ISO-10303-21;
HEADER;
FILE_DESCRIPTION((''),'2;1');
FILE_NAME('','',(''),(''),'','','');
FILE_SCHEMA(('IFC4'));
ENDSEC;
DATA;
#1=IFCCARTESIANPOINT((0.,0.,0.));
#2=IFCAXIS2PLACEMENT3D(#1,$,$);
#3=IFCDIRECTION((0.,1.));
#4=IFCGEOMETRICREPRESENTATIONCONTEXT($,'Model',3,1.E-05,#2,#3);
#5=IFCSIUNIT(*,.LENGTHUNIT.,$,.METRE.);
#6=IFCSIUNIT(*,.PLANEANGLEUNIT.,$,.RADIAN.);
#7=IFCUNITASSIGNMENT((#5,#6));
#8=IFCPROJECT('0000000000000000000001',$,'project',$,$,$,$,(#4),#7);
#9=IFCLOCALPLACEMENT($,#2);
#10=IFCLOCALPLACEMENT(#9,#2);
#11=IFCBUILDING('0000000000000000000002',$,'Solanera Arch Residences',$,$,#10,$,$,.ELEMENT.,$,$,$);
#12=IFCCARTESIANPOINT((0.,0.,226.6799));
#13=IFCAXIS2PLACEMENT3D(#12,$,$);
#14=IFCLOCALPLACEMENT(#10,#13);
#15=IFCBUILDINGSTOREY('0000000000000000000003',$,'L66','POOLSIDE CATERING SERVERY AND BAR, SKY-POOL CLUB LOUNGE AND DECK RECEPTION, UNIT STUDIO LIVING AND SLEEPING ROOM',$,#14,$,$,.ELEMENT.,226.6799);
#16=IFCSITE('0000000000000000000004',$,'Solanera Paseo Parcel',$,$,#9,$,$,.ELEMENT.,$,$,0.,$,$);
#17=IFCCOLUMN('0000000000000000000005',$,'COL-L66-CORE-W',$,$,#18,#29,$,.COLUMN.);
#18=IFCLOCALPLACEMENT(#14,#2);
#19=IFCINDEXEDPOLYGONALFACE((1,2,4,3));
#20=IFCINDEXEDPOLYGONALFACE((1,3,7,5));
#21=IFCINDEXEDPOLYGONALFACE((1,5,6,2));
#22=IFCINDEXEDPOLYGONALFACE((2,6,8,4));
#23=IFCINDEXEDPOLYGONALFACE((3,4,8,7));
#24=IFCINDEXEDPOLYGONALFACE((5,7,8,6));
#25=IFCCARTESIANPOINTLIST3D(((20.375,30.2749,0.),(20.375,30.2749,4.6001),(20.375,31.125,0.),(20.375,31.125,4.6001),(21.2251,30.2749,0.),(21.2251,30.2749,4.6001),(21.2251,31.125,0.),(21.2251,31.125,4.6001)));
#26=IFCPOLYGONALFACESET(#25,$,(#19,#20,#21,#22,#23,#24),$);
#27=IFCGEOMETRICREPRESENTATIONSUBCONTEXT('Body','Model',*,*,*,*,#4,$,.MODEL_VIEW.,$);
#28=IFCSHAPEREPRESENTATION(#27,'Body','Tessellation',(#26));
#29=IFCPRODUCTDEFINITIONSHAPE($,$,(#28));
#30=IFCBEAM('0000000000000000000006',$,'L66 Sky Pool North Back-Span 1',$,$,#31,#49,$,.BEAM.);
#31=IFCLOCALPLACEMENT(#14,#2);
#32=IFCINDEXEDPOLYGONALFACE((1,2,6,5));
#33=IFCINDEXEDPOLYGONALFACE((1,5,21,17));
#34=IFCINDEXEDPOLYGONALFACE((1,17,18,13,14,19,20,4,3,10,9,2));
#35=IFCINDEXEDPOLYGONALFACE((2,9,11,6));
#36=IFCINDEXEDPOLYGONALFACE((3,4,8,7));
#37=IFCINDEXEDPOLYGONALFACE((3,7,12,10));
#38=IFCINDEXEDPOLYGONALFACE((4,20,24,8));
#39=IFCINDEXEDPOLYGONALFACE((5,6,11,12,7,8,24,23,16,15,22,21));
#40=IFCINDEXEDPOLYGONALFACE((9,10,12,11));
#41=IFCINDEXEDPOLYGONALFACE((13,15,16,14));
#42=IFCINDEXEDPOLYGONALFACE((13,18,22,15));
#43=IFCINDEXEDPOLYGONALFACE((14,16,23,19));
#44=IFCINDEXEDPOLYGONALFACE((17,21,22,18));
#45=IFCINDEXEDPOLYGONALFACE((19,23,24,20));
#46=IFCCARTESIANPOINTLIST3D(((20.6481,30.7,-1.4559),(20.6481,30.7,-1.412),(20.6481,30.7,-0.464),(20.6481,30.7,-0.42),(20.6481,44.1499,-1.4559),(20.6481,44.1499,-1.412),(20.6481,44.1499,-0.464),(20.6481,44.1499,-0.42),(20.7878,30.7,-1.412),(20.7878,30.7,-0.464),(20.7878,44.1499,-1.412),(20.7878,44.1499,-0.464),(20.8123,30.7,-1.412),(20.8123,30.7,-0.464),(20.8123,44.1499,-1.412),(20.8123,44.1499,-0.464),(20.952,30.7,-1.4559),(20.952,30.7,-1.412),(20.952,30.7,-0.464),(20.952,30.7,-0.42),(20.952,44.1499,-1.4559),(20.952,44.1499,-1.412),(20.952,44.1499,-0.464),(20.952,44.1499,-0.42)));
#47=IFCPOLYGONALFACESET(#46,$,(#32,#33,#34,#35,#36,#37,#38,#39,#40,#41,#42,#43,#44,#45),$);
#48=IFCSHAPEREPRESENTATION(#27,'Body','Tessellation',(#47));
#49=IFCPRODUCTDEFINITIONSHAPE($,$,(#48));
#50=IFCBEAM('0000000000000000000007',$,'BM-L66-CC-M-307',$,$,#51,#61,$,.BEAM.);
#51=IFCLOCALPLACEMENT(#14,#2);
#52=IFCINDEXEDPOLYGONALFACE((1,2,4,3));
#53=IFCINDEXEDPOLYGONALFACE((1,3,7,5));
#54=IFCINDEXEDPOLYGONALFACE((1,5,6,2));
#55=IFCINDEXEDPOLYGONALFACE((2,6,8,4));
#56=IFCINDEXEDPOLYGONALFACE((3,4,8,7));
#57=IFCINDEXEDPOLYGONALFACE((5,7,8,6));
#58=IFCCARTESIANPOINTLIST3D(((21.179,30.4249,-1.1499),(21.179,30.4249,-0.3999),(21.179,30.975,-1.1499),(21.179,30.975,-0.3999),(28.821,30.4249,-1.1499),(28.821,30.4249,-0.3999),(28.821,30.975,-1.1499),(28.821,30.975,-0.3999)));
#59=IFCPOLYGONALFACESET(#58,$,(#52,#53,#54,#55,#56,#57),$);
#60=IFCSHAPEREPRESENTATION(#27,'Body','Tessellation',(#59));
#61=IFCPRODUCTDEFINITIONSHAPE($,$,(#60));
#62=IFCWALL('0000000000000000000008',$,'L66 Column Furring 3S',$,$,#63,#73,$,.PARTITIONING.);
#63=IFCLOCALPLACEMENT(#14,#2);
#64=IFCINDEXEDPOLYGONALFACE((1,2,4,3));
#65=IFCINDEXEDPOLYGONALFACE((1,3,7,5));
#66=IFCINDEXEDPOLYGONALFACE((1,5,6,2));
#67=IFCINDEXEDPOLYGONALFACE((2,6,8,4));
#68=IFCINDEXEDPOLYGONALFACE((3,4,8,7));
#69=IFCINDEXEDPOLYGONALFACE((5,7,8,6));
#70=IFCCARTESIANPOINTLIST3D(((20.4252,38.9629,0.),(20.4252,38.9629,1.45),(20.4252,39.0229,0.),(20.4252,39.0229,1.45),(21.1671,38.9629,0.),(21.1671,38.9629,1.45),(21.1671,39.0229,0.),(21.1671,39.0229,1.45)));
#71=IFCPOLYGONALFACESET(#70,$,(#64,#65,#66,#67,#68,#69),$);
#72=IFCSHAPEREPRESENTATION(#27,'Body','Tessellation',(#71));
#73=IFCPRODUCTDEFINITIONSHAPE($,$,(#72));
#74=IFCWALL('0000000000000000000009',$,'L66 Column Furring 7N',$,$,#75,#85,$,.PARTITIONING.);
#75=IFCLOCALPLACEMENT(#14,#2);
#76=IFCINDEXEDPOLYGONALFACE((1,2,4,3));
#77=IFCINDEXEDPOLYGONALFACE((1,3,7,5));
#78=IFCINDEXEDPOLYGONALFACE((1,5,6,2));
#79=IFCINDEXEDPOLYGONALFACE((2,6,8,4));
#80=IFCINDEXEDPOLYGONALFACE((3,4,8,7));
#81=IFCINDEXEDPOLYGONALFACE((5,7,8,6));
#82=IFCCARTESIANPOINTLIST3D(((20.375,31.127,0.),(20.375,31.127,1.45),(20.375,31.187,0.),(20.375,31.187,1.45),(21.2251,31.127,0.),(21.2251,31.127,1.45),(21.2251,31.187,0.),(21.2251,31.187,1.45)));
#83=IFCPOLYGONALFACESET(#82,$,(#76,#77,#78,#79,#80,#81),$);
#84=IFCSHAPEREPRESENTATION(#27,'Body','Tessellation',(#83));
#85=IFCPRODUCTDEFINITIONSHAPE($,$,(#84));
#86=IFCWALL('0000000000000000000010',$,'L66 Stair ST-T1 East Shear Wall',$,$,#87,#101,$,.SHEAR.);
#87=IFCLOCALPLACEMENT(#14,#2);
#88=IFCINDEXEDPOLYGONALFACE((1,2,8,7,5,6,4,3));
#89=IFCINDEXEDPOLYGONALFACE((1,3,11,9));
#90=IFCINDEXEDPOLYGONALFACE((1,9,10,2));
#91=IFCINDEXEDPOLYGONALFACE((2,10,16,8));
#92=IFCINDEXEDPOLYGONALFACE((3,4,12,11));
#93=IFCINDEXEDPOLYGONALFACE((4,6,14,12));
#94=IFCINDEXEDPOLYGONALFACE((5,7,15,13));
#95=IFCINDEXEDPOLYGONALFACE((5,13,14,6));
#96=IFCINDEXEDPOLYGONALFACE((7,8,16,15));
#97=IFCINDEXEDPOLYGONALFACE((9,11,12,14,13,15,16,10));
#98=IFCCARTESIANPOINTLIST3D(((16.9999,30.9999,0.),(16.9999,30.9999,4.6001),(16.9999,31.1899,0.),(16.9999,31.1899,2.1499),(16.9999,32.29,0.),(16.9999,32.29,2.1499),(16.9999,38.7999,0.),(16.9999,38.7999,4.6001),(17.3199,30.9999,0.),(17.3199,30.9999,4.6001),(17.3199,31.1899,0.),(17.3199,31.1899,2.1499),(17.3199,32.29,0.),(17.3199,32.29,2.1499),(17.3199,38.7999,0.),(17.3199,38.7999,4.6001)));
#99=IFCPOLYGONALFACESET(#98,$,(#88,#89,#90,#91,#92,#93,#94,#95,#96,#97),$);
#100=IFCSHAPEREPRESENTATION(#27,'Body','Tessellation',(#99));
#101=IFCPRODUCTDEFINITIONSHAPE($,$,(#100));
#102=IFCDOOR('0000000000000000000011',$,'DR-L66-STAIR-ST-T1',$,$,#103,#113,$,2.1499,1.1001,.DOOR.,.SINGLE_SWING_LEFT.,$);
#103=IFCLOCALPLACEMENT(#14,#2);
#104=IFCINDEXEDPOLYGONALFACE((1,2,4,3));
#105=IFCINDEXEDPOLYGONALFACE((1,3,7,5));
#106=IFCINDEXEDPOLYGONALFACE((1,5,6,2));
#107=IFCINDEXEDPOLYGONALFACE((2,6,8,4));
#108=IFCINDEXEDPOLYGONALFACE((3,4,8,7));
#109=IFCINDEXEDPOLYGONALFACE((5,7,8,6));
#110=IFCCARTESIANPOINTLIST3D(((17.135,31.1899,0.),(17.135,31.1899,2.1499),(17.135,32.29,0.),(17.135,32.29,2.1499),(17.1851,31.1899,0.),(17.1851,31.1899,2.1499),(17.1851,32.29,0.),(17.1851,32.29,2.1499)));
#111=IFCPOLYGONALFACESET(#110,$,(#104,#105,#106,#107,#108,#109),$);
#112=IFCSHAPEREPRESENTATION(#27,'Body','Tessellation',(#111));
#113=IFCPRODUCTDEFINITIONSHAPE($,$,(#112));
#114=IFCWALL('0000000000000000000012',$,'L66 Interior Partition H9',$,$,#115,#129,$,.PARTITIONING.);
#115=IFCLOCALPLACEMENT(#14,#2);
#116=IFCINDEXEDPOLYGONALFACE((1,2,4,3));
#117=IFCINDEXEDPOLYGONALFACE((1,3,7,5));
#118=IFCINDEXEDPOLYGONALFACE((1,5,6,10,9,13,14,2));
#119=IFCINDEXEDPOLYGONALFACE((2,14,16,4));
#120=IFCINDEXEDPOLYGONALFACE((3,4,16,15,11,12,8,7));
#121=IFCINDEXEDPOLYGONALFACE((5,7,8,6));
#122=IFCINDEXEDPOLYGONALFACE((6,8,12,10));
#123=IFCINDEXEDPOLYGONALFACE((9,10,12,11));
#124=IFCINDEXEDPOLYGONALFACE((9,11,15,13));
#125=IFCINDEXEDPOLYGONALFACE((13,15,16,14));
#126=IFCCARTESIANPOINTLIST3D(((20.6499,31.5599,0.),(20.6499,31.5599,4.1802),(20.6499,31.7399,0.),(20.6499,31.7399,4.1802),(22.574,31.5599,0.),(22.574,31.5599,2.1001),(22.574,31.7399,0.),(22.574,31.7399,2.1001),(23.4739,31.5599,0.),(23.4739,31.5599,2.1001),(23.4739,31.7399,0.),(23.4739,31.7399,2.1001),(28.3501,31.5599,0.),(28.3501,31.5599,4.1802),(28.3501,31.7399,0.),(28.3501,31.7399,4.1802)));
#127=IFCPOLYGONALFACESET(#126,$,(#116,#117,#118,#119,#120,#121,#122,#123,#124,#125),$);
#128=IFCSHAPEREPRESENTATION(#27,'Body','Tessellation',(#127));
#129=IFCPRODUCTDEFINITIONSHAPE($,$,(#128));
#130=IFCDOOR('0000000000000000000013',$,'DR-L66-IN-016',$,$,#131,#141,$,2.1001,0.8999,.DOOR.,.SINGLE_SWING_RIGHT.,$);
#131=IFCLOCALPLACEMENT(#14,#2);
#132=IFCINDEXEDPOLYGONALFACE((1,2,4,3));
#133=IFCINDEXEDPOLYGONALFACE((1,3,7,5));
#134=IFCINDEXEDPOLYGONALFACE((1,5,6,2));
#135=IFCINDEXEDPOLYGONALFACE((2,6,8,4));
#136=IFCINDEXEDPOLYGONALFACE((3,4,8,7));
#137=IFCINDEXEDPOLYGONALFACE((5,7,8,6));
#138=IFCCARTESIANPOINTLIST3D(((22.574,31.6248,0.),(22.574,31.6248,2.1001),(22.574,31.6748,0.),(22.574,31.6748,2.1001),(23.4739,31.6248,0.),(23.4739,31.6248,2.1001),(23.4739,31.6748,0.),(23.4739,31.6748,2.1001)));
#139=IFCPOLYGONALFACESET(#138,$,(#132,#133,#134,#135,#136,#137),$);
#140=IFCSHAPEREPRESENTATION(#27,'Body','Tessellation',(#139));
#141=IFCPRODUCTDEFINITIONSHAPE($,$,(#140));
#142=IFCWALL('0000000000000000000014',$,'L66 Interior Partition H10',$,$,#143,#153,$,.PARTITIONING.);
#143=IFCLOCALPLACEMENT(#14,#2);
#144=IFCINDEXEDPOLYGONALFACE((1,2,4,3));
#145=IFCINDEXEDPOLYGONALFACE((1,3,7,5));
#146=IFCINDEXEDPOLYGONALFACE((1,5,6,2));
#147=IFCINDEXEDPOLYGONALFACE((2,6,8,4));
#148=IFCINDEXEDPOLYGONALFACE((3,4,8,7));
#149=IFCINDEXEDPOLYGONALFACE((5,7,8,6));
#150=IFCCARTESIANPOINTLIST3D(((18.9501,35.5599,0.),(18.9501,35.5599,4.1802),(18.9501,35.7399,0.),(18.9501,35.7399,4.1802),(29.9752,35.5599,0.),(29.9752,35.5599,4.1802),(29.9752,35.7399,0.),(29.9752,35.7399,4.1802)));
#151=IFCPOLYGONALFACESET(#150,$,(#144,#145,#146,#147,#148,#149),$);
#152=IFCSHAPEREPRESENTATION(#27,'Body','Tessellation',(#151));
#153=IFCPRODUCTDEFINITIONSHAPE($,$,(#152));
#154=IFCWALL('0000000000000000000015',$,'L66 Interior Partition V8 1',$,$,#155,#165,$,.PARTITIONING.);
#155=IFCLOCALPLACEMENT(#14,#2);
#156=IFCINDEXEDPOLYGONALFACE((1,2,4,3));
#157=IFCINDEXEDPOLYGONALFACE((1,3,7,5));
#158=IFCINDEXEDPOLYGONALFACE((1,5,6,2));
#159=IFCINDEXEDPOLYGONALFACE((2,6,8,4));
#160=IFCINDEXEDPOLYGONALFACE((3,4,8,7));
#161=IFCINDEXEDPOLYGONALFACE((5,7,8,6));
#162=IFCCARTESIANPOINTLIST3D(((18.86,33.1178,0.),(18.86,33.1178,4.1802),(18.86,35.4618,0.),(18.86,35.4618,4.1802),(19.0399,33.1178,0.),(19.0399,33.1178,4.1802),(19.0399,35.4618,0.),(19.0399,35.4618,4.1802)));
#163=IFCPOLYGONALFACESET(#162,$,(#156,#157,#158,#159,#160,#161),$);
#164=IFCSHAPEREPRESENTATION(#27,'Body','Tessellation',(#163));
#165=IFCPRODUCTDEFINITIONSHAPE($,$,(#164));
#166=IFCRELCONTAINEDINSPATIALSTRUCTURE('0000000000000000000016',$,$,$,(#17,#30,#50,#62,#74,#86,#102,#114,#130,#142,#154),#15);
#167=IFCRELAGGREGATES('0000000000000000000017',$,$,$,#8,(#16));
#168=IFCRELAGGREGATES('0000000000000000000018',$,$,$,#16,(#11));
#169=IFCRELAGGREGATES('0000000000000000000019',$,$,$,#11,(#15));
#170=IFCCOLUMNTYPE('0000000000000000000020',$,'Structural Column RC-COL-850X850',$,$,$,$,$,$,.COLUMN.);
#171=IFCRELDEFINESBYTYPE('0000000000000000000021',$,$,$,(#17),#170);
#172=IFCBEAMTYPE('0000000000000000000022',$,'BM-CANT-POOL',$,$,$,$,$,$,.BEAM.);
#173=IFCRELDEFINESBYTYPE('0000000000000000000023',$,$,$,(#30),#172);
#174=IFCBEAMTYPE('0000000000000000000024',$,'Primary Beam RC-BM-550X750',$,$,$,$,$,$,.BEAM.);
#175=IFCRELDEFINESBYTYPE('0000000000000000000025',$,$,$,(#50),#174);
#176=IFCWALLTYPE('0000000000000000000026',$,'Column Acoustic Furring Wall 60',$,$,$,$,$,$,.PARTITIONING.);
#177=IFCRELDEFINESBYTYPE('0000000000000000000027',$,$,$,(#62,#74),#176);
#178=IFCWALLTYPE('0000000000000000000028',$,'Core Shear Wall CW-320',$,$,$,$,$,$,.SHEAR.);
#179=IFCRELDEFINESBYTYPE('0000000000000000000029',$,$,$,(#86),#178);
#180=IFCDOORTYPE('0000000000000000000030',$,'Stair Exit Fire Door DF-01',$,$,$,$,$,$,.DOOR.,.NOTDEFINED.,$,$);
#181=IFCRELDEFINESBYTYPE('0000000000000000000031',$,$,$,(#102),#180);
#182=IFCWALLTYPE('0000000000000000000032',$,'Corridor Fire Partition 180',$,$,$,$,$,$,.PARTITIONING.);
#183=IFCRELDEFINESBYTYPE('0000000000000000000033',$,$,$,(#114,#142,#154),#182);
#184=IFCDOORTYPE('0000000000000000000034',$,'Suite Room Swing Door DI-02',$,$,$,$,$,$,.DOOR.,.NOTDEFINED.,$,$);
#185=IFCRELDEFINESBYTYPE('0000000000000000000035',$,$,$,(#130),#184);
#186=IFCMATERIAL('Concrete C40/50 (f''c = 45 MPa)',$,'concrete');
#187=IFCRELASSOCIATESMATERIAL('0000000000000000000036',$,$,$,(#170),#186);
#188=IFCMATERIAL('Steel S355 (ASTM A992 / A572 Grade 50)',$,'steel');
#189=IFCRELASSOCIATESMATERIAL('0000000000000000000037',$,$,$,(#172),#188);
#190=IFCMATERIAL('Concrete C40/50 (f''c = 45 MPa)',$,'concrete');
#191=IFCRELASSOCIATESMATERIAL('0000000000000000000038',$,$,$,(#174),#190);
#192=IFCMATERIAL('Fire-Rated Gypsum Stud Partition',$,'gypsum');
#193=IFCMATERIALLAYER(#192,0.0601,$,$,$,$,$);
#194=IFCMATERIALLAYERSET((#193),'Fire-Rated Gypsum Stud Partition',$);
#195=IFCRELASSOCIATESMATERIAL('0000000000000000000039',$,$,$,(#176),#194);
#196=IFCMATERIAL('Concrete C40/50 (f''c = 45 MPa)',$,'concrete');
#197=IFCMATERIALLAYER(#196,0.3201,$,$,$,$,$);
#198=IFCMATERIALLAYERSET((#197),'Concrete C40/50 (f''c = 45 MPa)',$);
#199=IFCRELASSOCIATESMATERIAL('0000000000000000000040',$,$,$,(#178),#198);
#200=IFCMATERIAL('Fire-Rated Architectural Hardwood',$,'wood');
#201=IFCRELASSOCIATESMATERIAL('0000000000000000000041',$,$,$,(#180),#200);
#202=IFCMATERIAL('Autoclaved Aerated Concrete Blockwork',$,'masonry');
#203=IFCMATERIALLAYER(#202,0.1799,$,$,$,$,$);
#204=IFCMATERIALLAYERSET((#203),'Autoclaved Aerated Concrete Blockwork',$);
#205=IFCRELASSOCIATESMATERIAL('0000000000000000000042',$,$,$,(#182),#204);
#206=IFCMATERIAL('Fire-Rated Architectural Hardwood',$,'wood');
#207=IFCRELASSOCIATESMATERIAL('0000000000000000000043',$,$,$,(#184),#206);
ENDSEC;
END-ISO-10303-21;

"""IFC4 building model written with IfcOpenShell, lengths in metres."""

from ifc_helpers import new_model, si_unit, direction, frame, frame_2d, origin, origin_2d, place, context, subcontext, project, spatial, rectangle, i_section, extrude, material, layer, layer_set, material_profile, profile_set, type_object, element, fill, save


model = new_model("IFC4")

# Units and contexts
model_context = context("Model", 3, precision=1e-05, world=origin(), true_north=direction((0.0, 1.0)))
body_context = subcontext(model_context, "Body", "Model", "MODEL_VIEW")
ifc_project = project(units=[si_unit("LENGTHUNIT", "METRE"), si_unit("PLANEANGLEUNIT", "RADIAN")], contexts=[model_context])

# Site, building, storey
site_placement = place(None, origin())
site = spatial("IfcSite", under=ifc_project, at=site_placement, Name="Solanera Paseo Parcel", CompositionType="ELEMENT", RefElevation=0.0)
building_placement = place(site_placement, origin())
building = spatial("IfcBuilding", under=site, at=building_placement, Name="Solanera Arch Residences", CompositionType="ELEMENT")
storey_placement = place(building_placement, frame((0.0, 0.0, 226.6799)))
storey = spatial("IfcBuildingStorey", under=building, at=storey_placement, Name="L66", Description="POOLSIDE CATERING SERVERY AND BAR, SKY-POOL CLUB LOUNGE AND DECK RECEPTION, UNIT STUDIO LIVING AND SLEEPING ROOM", CompositionType="ELEMENT", Elevation=226.6799)

# Column
ifc_material_1 = material(Name="Concrete C40/50 (f'c = 45 MPa)", Category="concrete")
ifc_material_profile_1 = material_profile(ifc_material_1, rectangle(XDim=0.8501, YDim=0.8501, at=origin_2d()))
ifc_profile_set_1 = profile_set([ifc_material_profile_1], Name="Concrete C40/50 (f'c = 45 MPa)")
column_type = type_object("IfcColumnType", Name="Structural Column RC-COL-850X850", PredefinedType="COLUMN", material=ifc_profile_set_1)
column_placement = place(storey_placement, frame((20.8, 30.7, 0.0), z_axis=(0.0, 0.0, 1.0), x_axis=(1.0, 0.0, 0.0)))
element("IfcColumn", 1, at=column_placement, inside=storey, type_object=column_type, Name="COL-L66-CORE-W", PredefinedType="COLUMN", context=body_context, shape_type="SweptSolid", body=[
    extrude(rectangle(XDim=0.8501, YDim=0.8501, at=origin_2d()), origin(), (0.0, 0.0, 1.0), 4.6001),
])

# Beams
ifc_material_2 = material(Name="Steel S355 (ASTM A992 / A572 Grade 50)", Category="steel")
ifc_material_profile_2 = material_profile(ifc_material_2, i_section(OverallWidth=0.304, OverallDepth=1.0359, WebThickness=0.0244, FlangeThickness=0.0439, at=origin_2d()))
ifc_profile_set_2 = profile_set([ifc_material_profile_2], Name="Steel S355 (ASTM A992 / A572 Grade 50)")
beam_type_1 = type_object("IfcBeamType", Name="BM-CANT-POOL", PredefinedType="BEAM", material=ifc_profile_set_2)
beam_1_placement = place(storey_placement, frame((20.8, 30.7, -0.938), z_axis=(0.0, 1.0, 0.0), x_axis=(-1.0, 0.0, 0.0)))
element("IfcBeam", 2, at=beam_1_placement, inside=storey, type_object=beam_type_1, Name="L66 Sky Pool North Back-Span 1", PredefinedType="BEAM", context=body_context, shape_type="SweptSolid", body=[
    extrude(i_section(OverallWidth=0.304, OverallDepth=1.0359, WebThickness=0.0244, FlangeThickness=0.0439, at=origin_2d()), origin(), (0.0, 0.0, 1.0), 13.45),
])
ifc_material_3 = material(Name="Concrete C40/50 (f'c = 45 MPa)", Category="concrete")
ifc_material_profile_3 = material_profile(ifc_material_3, rectangle(XDim=0.55, YDim=0.75, at=origin_2d()))
ifc_profile_set_3 = profile_set([ifc_material_profile_3], Name="Concrete C40/50 (f'c = 45 MPa)")
beam_type_2 = type_object("IfcBeamType", Name="Primary Beam RC-BM-550X750", PredefinedType="BEAM", material=ifc_profile_set_3)
beam_2_placement = place(storey_placement, frame((21.179, 30.7, -0.7749), z_axis=(1.0, 0.0, 0.0), x_axis=(0.0, 1.0, 0.0)))
element("IfcBeam", 3, at=beam_2_placement, inside=storey, type_object=beam_type_2, Name="BM-L66-CC-M-307", PredefinedType="BEAM", context=body_context, shape_type="SweptSolid", body=[
    extrude(rectangle(XDim=0.55, YDim=0.75, at=origin_2d()), origin(), (0.0, 0.0, 1.0), 7.6421),
])

# Walls
ifc_material_4 = material(Name="Fire-Rated Gypsum Stud Partition", Category="gypsum")
ifc_layer_1 = layer(ifc_material_4, 0.0601)
ifc_layer_set_1 = layer_set([ifc_layer_1], Name="Fire-Rated Gypsum Stud Partition")
wall_type_1 = type_object("IfcWallType", Name="Column Acoustic Furring Wall 60", PredefinedType="PARTITIONING", material=ifc_layer_set_1)
wall_1_placement = place(storey_placement, frame((20.425, 38.9929, 0.0), z_axis=(0.0, 0.0, 1.0), x_axis=(1.0, 0.0, 0.0)))
element("IfcWall", 4, at=wall_1_placement, inside=storey, type_object=wall_type_1, Name="L66 Column Furring 3S", PredefinedType="PARTITIONING", context=body_context, shape_type="SweptSolid", body=[
    extrude(rectangle(XDim=0.7419, YDim=0.0601, at=frame_2d((0.3711, 0.0))), origin(), (0.0, 0.0, 1.0), 1.45),
])
wall_2_placement = place(storey_placement, frame((20.375, 31.157, 0.0), z_axis=(0.0, 0.0, 1.0), x_axis=(1.0, 0.0, 0.0)))
element("IfcWall", 5, at=wall_2_placement, inside=storey, type_object=wall_type_1, Name="L66 Column Furring 7N", PredefinedType="PARTITIONING", context=body_context, shape_type="SweptSolid", body=[
    extrude(rectangle(XDim=0.8501, YDim=0.0601, at=frame_2d((0.425, 0.0))), origin(), (0.0, 0.0, 1.0), 1.45),
])

# Walls, openings, doors
ifc_material_5 = material(Name="Concrete C40/50 (f'c = 45 MPa)", Category="concrete")
ifc_layer_2 = layer(ifc_material_5, 0.3201)
ifc_layer_set_2 = layer_set([ifc_layer_2], Name="Concrete C40/50 (f'c = 45 MPa)")
wall_type_2 = type_object("IfcWallType", Name="Core Shear Wall CW-320", PredefinedType="SHEAR", material=ifc_layer_set_2)
wall_3_placement = place(storey_placement, frame((17.1599, 31.0, 0.0), z_axis=(0.0, 0.0, 1.0), x_axis=(0.0, 1.0, 0.0)))
wall_3 = element("IfcWall", 6, at=wall_3_placement, inside=storey, type_object=wall_type_2, Name="L66 Stair ST-T1 East Shear Wall", PredefinedType="SHEAR", context=body_context, shape_type="SweptSolid", body=[
    extrude(rectangle(XDim=7.8, YDim=0.3201, at=frame_2d((3.8999, 0.0))), origin(), (0.0, 0.0, 1.0), 4.6001),
])
opening_1_placement = place(wall_3_placement, frame((0.1899, 0.0, 0.0)))
opening_1 = element("IfcOpeningElement", 7, at=opening_1_placement, cuts=wall_3, PredefinedType="OPENING", context=body_context, shape_type="SweptSolid", body=[
    extrude(rectangle(XDim=1.1001, YDim=2.1499, at=frame_2d((0.55, 1.075))), frame((0.0, 0.1699, 0.0), z_axis=(0.0, -1.0, 0.0), x_axis=(1.0, 0.0, 0.0)), (0.0, 0.0, 1.0), 0.3401),
])
ifc_material_6 = material(Name="Fire-Rated Architectural Hardwood", Category="wood")
door_type_1 = type_object("IfcDoorType", Name="Stair Exit Fire Door DF-01", OperationType="NOTDEFINED", PredefinedType="DOOR", material=ifc_material_6)
door_1_placement = place(opening_1_placement, origin())
door_1 = element("IfcDoor", 8, at=door_1_placement, inside=storey, type_object=door_type_1, Name="DR-L66-STAIR-ST-T1", OperationType="SINGLE_SWING_LEFT", OverallHeight=2.1499, OverallWidth=1.1001, PredefinedType="DOOR", context=body_context, shape_type="SweptSolid", body=[
    extrude(rectangle(XDim=1.1001, YDim=2.1499, at=frame_2d((0.55, 1.075))), frame((0.0, 0.0249, 0.0), z_axis=(0.0, -1.0, 0.0), x_axis=(1.0, 0.0, 0.0)), (0.0, 0.0, 1.0), 0.05),
])
fill(opening_1, door_1)
ifc_material_7 = material(Name="Autoclaved Aerated Concrete Blockwork", Category="masonry")
ifc_layer_3 = layer(ifc_material_7, 0.1799)
ifc_layer_set_3 = layer_set([ifc_layer_3], Name="Autoclaved Aerated Concrete Blockwork")
wall_type_3 = type_object("IfcWallType", Name="Corridor Fire Partition 180", PredefinedType="PARTITIONING", material=ifc_layer_set_3)
wall_4_placement = place(storey_placement, frame((20.6499, 31.6499, 0.0), z_axis=(0.0, 0.0, 1.0), x_axis=(1.0, 0.0, 0.0)))
wall_4 = element("IfcWall", 9, at=wall_4_placement, inside=storey, type_object=wall_type_3, Name="L66 Interior Partition H9", PredefinedType="PARTITIONING", context=body_context, shape_type="SweptSolid", body=[
    extrude(rectangle(XDim=7.7002, YDim=0.1799, at=frame_2d((3.8501, 0.0))), origin(), (0.0, 0.0, 1.0), 4.1802),
])
opening_2_placement = place(wall_4_placement, frame((1.9241, 0.0, 0.0)))
opening_2 = element("IfcOpeningElement", 10, at=opening_2_placement, cuts=wall_4, PredefinedType="OPENING", context=body_context, shape_type="SweptSolid", body=[
    extrude(rectangle(XDim=0.8999, YDim=2.1001, at=frame_2d((0.45, 1.05))), frame((0.0, 0.1001, 0.0), z_axis=(0.0, -1.0, 0.0), x_axis=(1.0, 0.0, 0.0)), (0.0, 0.0, 1.0), 0.1999),
])
ifc_material_8 = material(Name="Fire-Rated Architectural Hardwood", Category="wood")
door_type_2 = type_object("IfcDoorType", Name="Suite Room Swing Door DI-02", OperationType="NOTDEFINED", PredefinedType="DOOR", material=ifc_material_8)
door_2_placement = place(opening_2_placement, origin())
door_2 = element("IfcDoor", 11, at=door_2_placement, inside=storey, type_object=door_type_2, Name="DR-L66-IN-016", OperationType="SINGLE_SWING_RIGHT", OverallHeight=2.1001, OverallWidth=0.8999, PredefinedType="DOOR", context=body_context, shape_type="SweptSolid", body=[
    extrude(rectangle(XDim=0.8999, YDim=2.1001, at=frame_2d((0.45, 1.05))), frame((0.0, 0.0249, 0.0), z_axis=(0.0, -1.0, 0.0), x_axis=(1.0, 0.0, 0.0)), (0.0, 0.0, 1.0), 0.05),
])
fill(opening_2, door_2)

# Walls
wall_5_placement = place(storey_placement, frame((18.95, 35.6499, 0.0), z_axis=(0.0, 0.0, 1.0), x_axis=(1.0, 0.0, 0.0)))
element("IfcWall", 12, at=wall_5_placement, inside=storey, type_object=wall_type_3, Name="L66 Interior Partition H10", PredefinedType="PARTITIONING", context=body_context, shape_type="SweptSolid", body=[
    extrude(rectangle(XDim=11.0251, YDim=0.1799, at=frame_2d((5.5127, 0.0))), origin(), (0.0, 0.0, 1.0), 4.1802),
])
wall_6_placement = place(storey_placement, frame((18.95, 33.1179, 0.0), z_axis=(0.0, 0.0, 1.0), x_axis=(0.0, 1.0, 0.0)))
element("IfcWall", 13, at=wall_6_placement, inside=storey, type_object=wall_type_3, Name="L66 Interior Partition V8 1", PredefinedType="PARTITIONING", context=body_context, shape_type="SweptSolid", body=[
    extrude(rectangle(XDim=2.344, YDim=0.1799, at=frame_2d((1.1719, 0.0))), origin(), (0.0, 0.0, 1.0), 4.1802),
])

save(model, "model.ifc")
